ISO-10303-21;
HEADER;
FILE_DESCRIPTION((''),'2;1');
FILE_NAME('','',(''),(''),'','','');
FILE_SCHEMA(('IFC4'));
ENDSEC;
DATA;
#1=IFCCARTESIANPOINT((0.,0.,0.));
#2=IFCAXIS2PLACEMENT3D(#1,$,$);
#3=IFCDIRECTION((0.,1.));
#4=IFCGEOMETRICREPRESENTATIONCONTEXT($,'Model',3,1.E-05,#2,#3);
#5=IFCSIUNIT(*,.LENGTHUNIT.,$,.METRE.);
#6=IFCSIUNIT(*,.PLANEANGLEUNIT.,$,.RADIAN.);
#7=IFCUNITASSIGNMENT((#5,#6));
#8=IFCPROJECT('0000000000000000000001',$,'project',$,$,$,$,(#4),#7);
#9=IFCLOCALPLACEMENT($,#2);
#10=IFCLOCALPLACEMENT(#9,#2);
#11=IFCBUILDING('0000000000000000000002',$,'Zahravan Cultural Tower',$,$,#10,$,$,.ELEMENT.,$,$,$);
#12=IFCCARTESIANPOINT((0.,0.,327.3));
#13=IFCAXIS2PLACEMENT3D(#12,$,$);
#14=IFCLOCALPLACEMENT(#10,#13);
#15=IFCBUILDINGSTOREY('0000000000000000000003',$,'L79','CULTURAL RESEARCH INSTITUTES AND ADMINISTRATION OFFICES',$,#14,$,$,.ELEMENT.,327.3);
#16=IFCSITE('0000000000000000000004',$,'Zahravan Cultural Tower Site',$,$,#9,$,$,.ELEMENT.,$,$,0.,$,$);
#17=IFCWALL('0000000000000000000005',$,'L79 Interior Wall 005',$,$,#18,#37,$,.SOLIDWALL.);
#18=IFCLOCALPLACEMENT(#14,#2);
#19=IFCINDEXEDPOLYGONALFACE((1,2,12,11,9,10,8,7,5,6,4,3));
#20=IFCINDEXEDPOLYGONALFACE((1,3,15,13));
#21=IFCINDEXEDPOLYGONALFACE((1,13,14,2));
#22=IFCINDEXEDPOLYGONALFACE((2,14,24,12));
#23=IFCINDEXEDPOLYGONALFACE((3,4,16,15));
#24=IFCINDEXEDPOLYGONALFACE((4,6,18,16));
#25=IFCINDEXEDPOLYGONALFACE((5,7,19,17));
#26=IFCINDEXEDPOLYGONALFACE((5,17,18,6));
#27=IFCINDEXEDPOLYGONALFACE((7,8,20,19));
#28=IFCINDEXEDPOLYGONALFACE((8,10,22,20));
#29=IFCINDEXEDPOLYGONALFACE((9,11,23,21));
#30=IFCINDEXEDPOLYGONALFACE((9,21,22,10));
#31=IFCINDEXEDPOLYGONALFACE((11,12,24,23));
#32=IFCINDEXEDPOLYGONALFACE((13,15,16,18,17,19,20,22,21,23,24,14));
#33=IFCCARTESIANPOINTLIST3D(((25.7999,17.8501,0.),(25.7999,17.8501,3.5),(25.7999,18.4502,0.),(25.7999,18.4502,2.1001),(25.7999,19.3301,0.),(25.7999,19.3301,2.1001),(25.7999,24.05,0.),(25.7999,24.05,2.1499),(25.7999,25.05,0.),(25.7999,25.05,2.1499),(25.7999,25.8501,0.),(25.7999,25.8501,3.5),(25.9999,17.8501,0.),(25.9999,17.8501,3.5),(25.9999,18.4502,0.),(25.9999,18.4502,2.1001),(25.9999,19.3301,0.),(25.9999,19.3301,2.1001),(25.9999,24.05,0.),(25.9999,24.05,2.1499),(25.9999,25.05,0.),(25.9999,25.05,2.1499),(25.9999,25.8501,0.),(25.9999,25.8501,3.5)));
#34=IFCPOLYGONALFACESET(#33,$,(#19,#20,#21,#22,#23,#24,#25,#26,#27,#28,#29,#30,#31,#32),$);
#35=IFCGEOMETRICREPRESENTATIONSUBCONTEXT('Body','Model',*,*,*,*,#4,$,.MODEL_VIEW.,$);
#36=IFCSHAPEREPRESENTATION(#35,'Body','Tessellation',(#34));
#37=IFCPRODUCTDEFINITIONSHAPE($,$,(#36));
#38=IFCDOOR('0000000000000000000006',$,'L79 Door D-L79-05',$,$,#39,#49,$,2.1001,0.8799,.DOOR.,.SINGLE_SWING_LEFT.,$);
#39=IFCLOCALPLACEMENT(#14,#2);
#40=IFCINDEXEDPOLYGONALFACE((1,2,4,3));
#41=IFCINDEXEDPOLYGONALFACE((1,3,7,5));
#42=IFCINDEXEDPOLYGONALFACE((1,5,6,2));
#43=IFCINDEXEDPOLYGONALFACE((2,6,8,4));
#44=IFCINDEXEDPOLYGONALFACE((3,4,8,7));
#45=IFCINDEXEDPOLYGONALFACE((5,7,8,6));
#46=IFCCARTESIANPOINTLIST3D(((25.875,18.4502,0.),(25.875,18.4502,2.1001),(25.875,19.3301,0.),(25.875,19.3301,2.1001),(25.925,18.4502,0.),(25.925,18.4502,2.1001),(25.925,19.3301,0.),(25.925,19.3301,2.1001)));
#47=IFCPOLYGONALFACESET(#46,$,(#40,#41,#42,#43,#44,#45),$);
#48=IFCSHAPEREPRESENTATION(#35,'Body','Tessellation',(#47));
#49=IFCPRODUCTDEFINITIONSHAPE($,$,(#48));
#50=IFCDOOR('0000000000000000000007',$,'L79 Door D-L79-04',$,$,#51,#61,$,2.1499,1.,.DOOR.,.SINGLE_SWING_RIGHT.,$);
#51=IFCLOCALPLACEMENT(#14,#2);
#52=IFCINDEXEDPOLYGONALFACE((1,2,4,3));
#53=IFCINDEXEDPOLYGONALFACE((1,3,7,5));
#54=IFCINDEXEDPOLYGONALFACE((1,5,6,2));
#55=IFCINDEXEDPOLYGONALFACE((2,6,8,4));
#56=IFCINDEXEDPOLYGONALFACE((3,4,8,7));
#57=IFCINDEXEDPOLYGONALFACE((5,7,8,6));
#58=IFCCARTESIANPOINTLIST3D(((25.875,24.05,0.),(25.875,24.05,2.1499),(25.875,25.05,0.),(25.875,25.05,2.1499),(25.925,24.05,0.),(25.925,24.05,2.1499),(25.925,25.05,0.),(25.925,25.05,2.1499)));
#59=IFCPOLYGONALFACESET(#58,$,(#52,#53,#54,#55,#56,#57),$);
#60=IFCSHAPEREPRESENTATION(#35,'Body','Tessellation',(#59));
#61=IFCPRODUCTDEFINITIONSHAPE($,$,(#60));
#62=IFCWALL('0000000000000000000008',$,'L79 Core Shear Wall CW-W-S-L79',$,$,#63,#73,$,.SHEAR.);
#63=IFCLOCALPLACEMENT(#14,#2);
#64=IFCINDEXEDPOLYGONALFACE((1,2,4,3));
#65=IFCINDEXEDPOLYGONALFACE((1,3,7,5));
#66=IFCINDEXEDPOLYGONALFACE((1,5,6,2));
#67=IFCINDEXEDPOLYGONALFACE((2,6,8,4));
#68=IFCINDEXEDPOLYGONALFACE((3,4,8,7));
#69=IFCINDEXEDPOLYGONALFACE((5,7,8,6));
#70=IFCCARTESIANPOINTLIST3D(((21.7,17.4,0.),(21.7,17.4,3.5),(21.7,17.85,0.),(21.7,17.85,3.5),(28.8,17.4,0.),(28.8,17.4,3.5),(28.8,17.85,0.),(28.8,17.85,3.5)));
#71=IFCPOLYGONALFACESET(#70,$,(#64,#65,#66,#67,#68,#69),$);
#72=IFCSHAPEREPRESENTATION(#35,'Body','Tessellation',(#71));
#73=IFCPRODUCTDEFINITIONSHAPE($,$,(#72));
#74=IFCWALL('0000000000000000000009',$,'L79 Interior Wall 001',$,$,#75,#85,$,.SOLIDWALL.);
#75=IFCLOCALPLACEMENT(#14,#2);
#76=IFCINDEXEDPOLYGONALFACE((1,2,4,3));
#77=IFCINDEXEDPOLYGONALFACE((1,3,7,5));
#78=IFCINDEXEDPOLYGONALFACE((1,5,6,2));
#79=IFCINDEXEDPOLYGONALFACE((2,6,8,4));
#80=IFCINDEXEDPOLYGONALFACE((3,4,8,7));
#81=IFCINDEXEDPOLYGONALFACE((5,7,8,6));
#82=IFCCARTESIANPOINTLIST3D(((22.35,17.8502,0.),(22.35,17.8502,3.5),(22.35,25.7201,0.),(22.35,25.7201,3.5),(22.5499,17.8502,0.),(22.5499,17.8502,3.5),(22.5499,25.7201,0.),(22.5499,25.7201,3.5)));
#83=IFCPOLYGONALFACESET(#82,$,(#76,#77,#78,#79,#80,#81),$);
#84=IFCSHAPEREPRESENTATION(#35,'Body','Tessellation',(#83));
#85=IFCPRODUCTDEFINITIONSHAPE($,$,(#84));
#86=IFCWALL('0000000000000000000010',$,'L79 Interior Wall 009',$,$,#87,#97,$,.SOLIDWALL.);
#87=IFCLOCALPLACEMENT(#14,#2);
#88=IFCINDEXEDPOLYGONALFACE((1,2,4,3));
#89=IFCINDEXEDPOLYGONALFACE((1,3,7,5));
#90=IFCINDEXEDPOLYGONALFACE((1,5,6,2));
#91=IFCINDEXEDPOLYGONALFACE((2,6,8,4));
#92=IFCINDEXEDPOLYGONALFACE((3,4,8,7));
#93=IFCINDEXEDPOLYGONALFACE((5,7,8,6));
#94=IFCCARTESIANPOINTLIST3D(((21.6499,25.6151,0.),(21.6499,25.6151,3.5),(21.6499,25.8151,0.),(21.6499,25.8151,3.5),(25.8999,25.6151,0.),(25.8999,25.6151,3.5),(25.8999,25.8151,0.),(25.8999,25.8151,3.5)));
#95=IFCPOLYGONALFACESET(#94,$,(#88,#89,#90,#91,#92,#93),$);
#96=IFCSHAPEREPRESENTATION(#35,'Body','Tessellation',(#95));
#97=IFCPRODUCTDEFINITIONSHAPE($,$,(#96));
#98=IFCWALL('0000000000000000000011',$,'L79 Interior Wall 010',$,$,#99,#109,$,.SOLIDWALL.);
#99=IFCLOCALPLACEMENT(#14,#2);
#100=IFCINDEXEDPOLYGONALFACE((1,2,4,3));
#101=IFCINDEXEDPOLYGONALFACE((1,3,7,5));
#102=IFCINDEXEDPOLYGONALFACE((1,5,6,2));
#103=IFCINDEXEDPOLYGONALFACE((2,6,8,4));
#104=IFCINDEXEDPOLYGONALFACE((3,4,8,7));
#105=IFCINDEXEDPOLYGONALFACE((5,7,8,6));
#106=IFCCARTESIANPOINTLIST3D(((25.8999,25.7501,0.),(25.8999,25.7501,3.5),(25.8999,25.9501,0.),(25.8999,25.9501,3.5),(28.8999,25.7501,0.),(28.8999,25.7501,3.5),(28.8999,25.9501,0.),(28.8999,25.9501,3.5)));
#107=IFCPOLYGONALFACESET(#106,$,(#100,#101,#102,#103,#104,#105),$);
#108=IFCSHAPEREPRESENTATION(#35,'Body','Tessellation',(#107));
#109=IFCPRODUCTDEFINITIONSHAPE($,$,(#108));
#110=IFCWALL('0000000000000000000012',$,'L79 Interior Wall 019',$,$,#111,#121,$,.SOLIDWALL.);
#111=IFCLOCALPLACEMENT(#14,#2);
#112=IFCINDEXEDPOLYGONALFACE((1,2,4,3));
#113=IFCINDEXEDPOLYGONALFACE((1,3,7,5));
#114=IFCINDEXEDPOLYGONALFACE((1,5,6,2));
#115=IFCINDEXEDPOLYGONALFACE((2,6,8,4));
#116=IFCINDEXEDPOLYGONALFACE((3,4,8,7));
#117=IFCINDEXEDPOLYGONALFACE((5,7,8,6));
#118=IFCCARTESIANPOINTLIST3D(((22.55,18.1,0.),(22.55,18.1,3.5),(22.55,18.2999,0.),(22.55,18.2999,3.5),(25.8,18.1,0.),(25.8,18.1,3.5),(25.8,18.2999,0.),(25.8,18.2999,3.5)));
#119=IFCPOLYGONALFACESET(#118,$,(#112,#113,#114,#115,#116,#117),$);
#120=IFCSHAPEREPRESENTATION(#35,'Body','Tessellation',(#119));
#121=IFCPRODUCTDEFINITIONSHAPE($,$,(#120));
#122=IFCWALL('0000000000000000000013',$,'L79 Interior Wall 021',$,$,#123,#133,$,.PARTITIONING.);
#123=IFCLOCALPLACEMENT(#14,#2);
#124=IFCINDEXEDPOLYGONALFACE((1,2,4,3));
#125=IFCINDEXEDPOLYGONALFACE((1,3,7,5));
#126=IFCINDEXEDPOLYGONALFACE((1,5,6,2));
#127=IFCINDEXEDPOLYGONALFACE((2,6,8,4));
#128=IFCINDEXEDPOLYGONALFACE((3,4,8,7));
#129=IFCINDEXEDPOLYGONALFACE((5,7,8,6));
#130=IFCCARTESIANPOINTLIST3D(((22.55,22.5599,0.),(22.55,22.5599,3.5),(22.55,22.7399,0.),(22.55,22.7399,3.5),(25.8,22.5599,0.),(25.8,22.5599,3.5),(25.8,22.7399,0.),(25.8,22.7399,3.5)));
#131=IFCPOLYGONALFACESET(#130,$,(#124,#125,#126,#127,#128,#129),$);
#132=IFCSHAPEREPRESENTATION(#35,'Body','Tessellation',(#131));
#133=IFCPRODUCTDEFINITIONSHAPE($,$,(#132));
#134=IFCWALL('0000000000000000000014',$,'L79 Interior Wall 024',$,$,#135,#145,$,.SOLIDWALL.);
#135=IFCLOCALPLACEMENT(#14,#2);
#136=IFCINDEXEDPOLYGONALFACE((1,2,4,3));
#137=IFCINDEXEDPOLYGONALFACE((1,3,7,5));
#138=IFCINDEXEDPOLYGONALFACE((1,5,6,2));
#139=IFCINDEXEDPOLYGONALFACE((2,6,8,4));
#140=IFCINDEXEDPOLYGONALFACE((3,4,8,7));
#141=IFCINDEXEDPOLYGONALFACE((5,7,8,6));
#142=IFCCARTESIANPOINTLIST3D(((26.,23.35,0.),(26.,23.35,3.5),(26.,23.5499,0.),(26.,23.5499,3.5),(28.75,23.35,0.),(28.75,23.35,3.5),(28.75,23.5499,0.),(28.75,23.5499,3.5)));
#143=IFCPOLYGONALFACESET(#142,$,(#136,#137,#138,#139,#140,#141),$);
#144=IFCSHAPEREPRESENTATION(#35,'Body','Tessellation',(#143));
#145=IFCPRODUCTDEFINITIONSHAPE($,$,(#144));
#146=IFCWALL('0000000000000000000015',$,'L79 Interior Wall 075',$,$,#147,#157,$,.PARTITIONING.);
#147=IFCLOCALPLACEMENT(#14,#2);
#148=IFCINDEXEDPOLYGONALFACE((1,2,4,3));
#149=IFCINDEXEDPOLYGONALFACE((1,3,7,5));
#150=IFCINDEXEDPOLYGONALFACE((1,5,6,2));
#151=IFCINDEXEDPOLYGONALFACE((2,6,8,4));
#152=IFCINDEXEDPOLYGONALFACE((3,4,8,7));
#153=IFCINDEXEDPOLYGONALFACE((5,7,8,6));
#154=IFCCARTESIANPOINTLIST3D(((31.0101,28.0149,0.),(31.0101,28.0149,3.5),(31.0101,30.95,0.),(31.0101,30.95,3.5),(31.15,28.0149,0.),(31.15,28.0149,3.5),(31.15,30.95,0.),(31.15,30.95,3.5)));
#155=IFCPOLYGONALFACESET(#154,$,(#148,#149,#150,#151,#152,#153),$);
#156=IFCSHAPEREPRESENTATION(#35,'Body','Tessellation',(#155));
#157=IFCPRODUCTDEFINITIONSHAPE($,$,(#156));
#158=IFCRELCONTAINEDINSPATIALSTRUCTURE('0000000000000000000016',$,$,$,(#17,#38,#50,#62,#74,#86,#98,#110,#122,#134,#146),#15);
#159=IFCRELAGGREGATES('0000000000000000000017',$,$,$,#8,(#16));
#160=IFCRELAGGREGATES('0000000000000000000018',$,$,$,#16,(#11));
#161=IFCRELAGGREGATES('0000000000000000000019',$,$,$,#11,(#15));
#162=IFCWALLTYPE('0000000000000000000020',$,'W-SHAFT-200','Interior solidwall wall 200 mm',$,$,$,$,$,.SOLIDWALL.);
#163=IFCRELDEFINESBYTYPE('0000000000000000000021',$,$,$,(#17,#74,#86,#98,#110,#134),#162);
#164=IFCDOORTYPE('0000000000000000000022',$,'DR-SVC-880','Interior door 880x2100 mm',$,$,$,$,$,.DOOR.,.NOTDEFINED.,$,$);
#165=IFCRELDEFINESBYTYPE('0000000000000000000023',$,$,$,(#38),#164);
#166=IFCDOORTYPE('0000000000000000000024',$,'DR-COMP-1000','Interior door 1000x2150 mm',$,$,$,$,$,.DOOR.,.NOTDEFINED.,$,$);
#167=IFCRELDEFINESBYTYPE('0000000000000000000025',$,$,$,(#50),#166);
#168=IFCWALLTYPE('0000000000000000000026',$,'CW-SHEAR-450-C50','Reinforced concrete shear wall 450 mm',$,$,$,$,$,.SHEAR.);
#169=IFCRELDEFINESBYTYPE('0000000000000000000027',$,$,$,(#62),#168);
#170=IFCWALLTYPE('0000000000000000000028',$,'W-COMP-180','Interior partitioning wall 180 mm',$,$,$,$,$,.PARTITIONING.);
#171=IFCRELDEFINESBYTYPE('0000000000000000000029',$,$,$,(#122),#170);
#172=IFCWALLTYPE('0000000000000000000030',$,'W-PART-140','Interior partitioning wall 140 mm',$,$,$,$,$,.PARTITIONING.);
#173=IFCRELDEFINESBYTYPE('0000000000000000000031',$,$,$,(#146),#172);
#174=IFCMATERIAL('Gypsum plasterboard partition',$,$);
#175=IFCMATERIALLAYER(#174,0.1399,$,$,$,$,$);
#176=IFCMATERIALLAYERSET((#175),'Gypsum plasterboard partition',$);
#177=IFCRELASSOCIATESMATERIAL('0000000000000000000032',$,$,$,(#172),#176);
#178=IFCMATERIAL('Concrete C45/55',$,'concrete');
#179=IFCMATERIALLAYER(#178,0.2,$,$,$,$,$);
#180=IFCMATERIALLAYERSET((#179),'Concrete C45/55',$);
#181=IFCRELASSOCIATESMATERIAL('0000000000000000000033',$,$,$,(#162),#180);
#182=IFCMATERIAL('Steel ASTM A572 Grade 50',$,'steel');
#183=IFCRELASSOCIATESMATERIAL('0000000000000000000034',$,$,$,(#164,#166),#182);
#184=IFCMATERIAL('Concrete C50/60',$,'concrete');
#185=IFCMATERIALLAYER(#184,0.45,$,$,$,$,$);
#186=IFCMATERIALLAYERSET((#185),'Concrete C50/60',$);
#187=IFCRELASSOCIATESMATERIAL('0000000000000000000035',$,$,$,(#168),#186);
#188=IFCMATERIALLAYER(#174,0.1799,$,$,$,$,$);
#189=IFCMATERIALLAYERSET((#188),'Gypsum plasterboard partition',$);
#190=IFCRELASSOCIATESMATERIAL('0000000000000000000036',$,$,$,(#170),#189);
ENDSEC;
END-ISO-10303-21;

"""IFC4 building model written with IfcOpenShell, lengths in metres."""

from ifc_helpers import new_model, si_unit, direction, frame, frame_2d, origin, place, context, subcontext, project, spatial, rectangle, extrude, source, transform, mapped, material, layer, layer_set, type_object, element, fill, save


model = new_model("IFC4")

# Units and contexts
model_context = context("Model", 3, precision=1e-05, world=origin(), true_north=direction((0.0, 1.0)))
body_context = subcontext(model_context, "Body", "Model", "MODEL_VIEW")
ifc_project = project(units=[si_unit("LENGTHUNIT", "METRE"), si_unit("PLANEANGLEUNIT", "RADIAN")], contexts=[model_context])

# Site, building, storey
site_placement = place(None, origin())
site = spatial("IfcSite", under=ifc_project, at=site_placement, Name="Zahravan Cultural Tower Site", CompositionType="ELEMENT", RefElevation=0.0)
building_placement = place(site_placement, origin())
building = spatial("IfcBuilding", under=site, at=building_placement, Name="Zahravan Cultural Tower", CompositionType="ELEMENT")
storey_placement = place(building_placement, frame((0.0, 0.0, 327.3)))
storey = spatial("IfcBuildingStorey", under=building, at=storey_placement, Name="L79", Description="CULTURAL RESEARCH INSTITUTES AND ADMINISTRATION OFFICES", CompositionType="ELEMENT", Elevation=327.3)

# Shared definitions
ifc_material_1 = material(Name="Concrete C50/60", Category="concrete")

# Shared definitions
ifc_material_2 = material(Name="Gypsum plasterboard partition")
ifc_layer_1 = layer(ifc_material_2, 0.1399)
ifc_layer_set_1 = layer_set([ifc_layer_1], Name="Gypsum plasterboard partition")
wall_type_1 = type_object("IfcWallType", Name="W-PART-140", Description="Interior partitioning wall 140 mm", PredefinedType="PARTITIONING", material=ifc_layer_set_1)

# Wall, openings, doors
ifc_material_3 = material(Name="Concrete C45/55", Category="concrete")
ifc_layer_2 = layer(ifc_material_3, 0.2)
ifc_layer_set_2 = layer_set([ifc_layer_2], Name="Concrete C45/55")
wall_type_2 = type_object("IfcWallType", Name="W-SHAFT-200", Description="Interior solidwall wall 200 mm", PredefinedType="SOLIDWALL", material=ifc_layer_set_2)
wall_1_placement = place(storey_placement, frame((25.8999, 17.8501, 0.0), z_axis=(0.0, 0.0, 1.0), x_axis=(0.0, 1.0, 0.0)))
wall_1 = element("IfcWall", 1, at=wall_1_placement, inside=storey, type_object=wall_type_2, Name="L79 Interior Wall 005", PredefinedType="SOLIDWALL", context=body_context, shape_type="SweptSolid", body=[
    extrude(rectangle(XDim=8.0, YDim=0.2, at=frame_2d((4.0, 0.0))), origin(), (0.0, 0.0, 1.0), 3.5),
])
opening_1_placement = place(wall_1_placement, frame((6.2, 0.0, 0.0)))
opening_1 = element("IfcOpeningElement", 2, at=opening_1_placement, cuts=wall_1, PredefinedType="OPENING", context=body_context, shape_type="SweptSolid", body=[
    extrude(rectangle(XDim=1.0, YDim=2.1499, at=frame_2d((0.5, 1.075))), frame((0.0, 0.1099, 0.0), z_axis=(0.0, -1.0, 0.0), x_axis=(1.0, 0.0, 0.0)), (0.0, 0.0, 1.0), 0.22),
])
opening_2_placement = place(wall_1_placement, frame((0.6001, 0.0, 0.0)))
opening_2 = element("IfcOpeningElement", 3, at=opening_2_placement, cuts=wall_1, PredefinedType="OPENING", context=body_context, shape_type="SweptSolid", body=[
    extrude(rectangle(XDim=0.8799, YDim=2.1001, at=frame_2d((0.4399, 1.05))), frame((0.0, 0.1099, 0.0), z_axis=(0.0, -1.0, 0.0), x_axis=(1.0, 0.0, 0.0)), (0.0, 0.0, 1.0), 0.22),
])
ifc_material_4 = material(Name="Steel ASTM A572 Grade 50", Category="steel")
door_type_1 = type_object("IfcDoorType", Name="DR-SVC-880", Description="Interior door 880x2100 mm", OperationType="NOTDEFINED", PredefinedType="DOOR", material=ifc_material_4)
shared_shape_1 = source(origin(), body_context, "Body", "SweptSolid", [
    extrude(rectangle(XDim=0.8799, YDim=2.1001, at=frame_2d((0.4399, 1.05))), frame((0.0, 0.0249, 0.0), z_axis=(0.0, -1.0, 0.0), x_axis=(1.0, 0.0, 0.0)), (0.0, 0.0, 1.0), 0.05),
])
door_1_placement = place(opening_2_placement, origin())
door_1 = element("IfcDoor", 4, at=door_1_placement, inside=storey, type_object=door_type_1, Name="L79 Door D-L79-05", OperationType="SINGLE_SWING_LEFT", OverallHeight=2.1001, OverallWidth=0.8799, PredefinedType="DOOR", context=body_context, shape_type="MappedRepresentation", body=[
    mapped(shared_shape_1, transform((0.0, 0.0, 0.0), x_axis=(1.0, 0.0, 0.0), y_axis=(0.0, 1.0, 0.0), z_axis=(0.0, 0.0, 1.0), scale=1.0)),
])
fill(opening_2, door_1)
door_type_2 = type_object("IfcDoorType", Name="DR-COMP-1000", Description="Interior door 1000x2150 mm", OperationType="NOTDEFINED", PredefinedType="DOOR", material=ifc_material_4)
shared_shape_2 = source(origin(), body_context, "Body", "SweptSolid", [
    extrude(rectangle(XDim=1.0, YDim=2.1499, at=frame_2d((0.5, 1.075))), frame((0.0, 0.0249, 0.0), z_axis=(0.0, -1.0, 0.0), x_axis=(1.0, 0.0, 0.0)), (0.0, 0.0, 1.0), 0.05),
])
door_2_placement = place(opening_1_placement, origin())
door_2 = element("IfcDoor", 5, at=door_2_placement, inside=storey, type_object=door_type_2, Name="L79 Door D-L79-04", OperationType="SINGLE_SWING_RIGHT", OverallHeight=2.1499, OverallWidth=1.0, PredefinedType="DOOR", context=body_context, shape_type="MappedRepresentation", body=[
    mapped(shared_shape_2, transform((0.0, 0.0, 0.0), x_axis=(1.0, 0.0, 0.0), y_axis=(0.0, 1.0, 0.0), z_axis=(0.0, 0.0, 1.0), scale=1.0)),
])
fill(opening_1, door_2)

# Walls
ifc_layer_3 = layer(ifc_material_1, 0.45)
ifc_layer_set_3 = layer_set([ifc_layer_3], Name="Concrete C50/60")
wall_type_3 = type_object("IfcWallType", Name="CW-SHEAR-450-C50", Description="Reinforced concrete shear wall 450 mm", PredefinedType="SHEAR", material=ifc_layer_set_3)
shared_shape_3 = source(origin(), body_context, "Body", "SweptSolid", [
    extrude(rectangle(XDim=7.1001, YDim=0.45, at=frame_2d((3.55, 0.0))), origin(), (0.0, 0.0, 1.0), 3.5),
])
wall_2_placement = place(storey_placement, frame((21.7, 17.625, 0.0), z_axis=(0.0, 0.0, 1.0), x_axis=(1.0, 0.0, 0.0)))
element("IfcWall", 6, at=wall_2_placement, inside=storey, type_object=wall_type_3, Name="L79 Core Shear Wall CW-W-S-L79", PredefinedType="SHEAR", context=body_context, shape_type="MappedRepresentation", body=[
    mapped(shared_shape_3, transform((0.0, 0.0, 0.0), x_axis=(1.0, 0.0, 0.0), y_axis=(0.0, 1.0, 0.0), z_axis=(0.0, 0.0, 1.0), scale=1.0)),
])
shared_shape_4 = source(origin(), body_context, "Body", "SweptSolid", [
    extrude(rectangle(XDim=7.8699, YDim=0.2, at=frame_2d((3.9351, 0.0))), origin(), (0.0, 0.0, 1.0), 3.5),
])
wall_3_placement = place(storey_placement, frame((22.45, 17.8501, 0.0), z_axis=(0.0, 0.0, 1.0), x_axis=(0.0, 1.0, 0.0)))
element("IfcWall", 7, at=wall_3_placement, inside=storey, type_object=wall_type_2, Name="L79 Interior Wall 001", PredefinedType="SOLIDWALL", context=body_context, shape_type="MappedRepresentation", body=[
    mapped(shared_shape_4, transform((0.0, 0.0, 0.0), x_axis=(1.0, 0.0, 0.0), y_axis=(0.0, 1.0, 0.0), z_axis=(0.0, 0.0, 1.0), scale=1.0)),
])
shared_shape_5 = source(origin(), body_context, "Body", "SweptSolid", [
    extrude(rectangle(XDim=4.25, YDim=0.2, at=frame_2d((2.125, 0.0))), origin(), (0.0, 0.0, 1.0), 3.5),
])
wall_4_placement = place(storey_placement, frame((21.6499, 25.7151, 0.0), z_axis=(0.0, 0.0, 1.0), x_axis=(1.0, 0.0, 0.0)))
element("IfcWall", 8, at=wall_4_placement, inside=storey, type_object=wall_type_2, Name="L79 Interior Wall 009", PredefinedType="SOLIDWALL", context=body_context, shape_type="MappedRepresentation", body=[
    mapped(shared_shape_5, transform((0.0, 0.0, 0.0), x_axis=(1.0, 0.0, 0.0), y_axis=(0.0, 1.0, 0.0), z_axis=(0.0, 0.0, 1.0), scale=1.0)),
])
shared_shape_6 = source(origin(), body_context, "Body", "SweptSolid", [
    extrude(rectangle(XDim=3.0, YDim=0.2, at=frame_2d((1.5, 0.0))), origin(), (0.0, 0.0, 1.0), 3.5),
])
wall_5_placement = place(storey_placement, frame((25.8999, 25.8501, 0.0), z_axis=(0.0, 0.0, 1.0), x_axis=(1.0, 0.0, 0.0)))
element("IfcWall", 9, at=wall_5_placement, inside=storey, type_object=wall_type_2, Name="L79 Interior Wall 010", PredefinedType="SOLIDWALL", context=body_context, shape_type="MappedRepresentation", body=[
    mapped(shared_shape_6, transform((0.0, 0.0, 0.0), x_axis=(1.0, 0.0, 0.0), y_axis=(0.0, 1.0, 0.0), z_axis=(0.0, 0.0, 1.0), scale=1.0)),
])
shared_shape_7 = source(origin(), body_context, "Body", "SweptSolid", [
    extrude(rectangle(XDim=3.25, YDim=0.2, at=frame_2d((1.625, 0.0))), origin(), (0.0, 0.0, 1.0), 3.5),
])
wall_6_placement = place(storey_placement, frame((22.55, 18.2, 0.0), z_axis=(0.0, 0.0, 1.0), x_axis=(1.0, 0.0, 0.0)))
element("IfcWall", 10, at=wall_6_placement, inside=storey, type_object=wall_type_2, Name="L79 Interior Wall 019", PredefinedType="SOLIDWALL", context=body_context, shape_type="MappedRepresentation", body=[
    mapped(shared_shape_7, transform((0.0, 0.0, 0.0), x_axis=(1.0, 0.0, 0.0), y_axis=(0.0, 1.0, 0.0), z_axis=(0.0, 0.0, 1.0), scale=1.0)),
])
ifc_layer_4 = layer(ifc_material_2, 0.1799)
ifc_layer_set_4 = layer_set([ifc_layer_4], Name="Gypsum plasterboard partition")
wall_type_4 = type_object("IfcWallType", Name="W-COMP-180", Description="Interior partitioning wall 180 mm", PredefinedType="PARTITIONING", material=ifc_layer_set_4)
shared_shape_8 = source(origin(), body_context, "Body", "SweptSolid", [
    extrude(rectangle(XDim=3.25, YDim=0.1799, at=frame_2d((1.625, 0.0))), origin(), (0.0, 0.0, 1.0), 3.5),
])
wall_7_placement = place(storey_placement, frame((22.55, 22.6499, 0.0), z_axis=(0.0, 0.0, 1.0), x_axis=(1.0, 0.0, 0.0)))
element("IfcWall", 11, at=wall_7_placement, inside=storey, type_object=wall_type_4, Name="L79 Interior Wall 021", PredefinedType="PARTITIONING", context=body_context, shape_type="MappedRepresentation", body=[
    mapped(shared_shape_8, transform((0.0, 0.0, 0.0), x_axis=(1.0, 0.0, 0.0), y_axis=(0.0, 1.0, 0.0), z_axis=(0.0, 0.0, 1.0), scale=1.0)),
])
shared_shape_9 = source(origin(), body_context, "Body", "SweptSolid", [
    extrude(rectangle(XDim=2.75, YDim=0.2, at=frame_2d((1.375, 0.0))), origin(), (0.0, 0.0, 1.0), 3.5),
])
wall_8_placement = place(storey_placement, frame((26.0, 23.45, 0.0), z_axis=(0.0, 0.0, 1.0), x_axis=(1.0, 0.0, 0.0)))
element("IfcWall", 12, at=wall_8_placement, inside=storey, type_object=wall_type_2, Name="L79 Interior Wall 024", PredefinedType="SOLIDWALL", context=body_context, shape_type="MappedRepresentation", body=[
    mapped(shared_shape_9, transform((0.0, 0.0, 0.0), x_axis=(1.0, 0.0, 0.0), y_axis=(0.0, 1.0, 0.0), z_axis=(0.0, 0.0, 1.0), scale=1.0)),
])
shared_shape_10 = source(origin(), body_context, "Body", "SweptSolid", [
    extrude(rectangle(XDim=2.9351, YDim=0.1399, at=frame_2d((1.4675, 0.0))), origin(), (0.0, 0.0, 1.0), 3.5),
])
wall_9_placement = place(storey_placement, frame((31.0801, 28.0149, 0.0), z_axis=(0.0, 0.0, 1.0), x_axis=(0.0, 1.0, 0.0)))
element("IfcWall", 13, at=wall_9_placement, inside=storey, type_object=wall_type_1, Name="L79 Interior Wall 075", PredefinedType="PARTITIONING", context=body_context, shape_type="MappedRepresentation", body=[
    mapped(shared_shape_10, transform((0.0, 0.0, 0.0), x_axis=(1.0, 0.0, 0.0), y_axis=(0.0, 1.0, 0.0), z_axis=(0.0, 0.0, 1.0), scale=1.0)),
])

save(model, "model.ifc")
